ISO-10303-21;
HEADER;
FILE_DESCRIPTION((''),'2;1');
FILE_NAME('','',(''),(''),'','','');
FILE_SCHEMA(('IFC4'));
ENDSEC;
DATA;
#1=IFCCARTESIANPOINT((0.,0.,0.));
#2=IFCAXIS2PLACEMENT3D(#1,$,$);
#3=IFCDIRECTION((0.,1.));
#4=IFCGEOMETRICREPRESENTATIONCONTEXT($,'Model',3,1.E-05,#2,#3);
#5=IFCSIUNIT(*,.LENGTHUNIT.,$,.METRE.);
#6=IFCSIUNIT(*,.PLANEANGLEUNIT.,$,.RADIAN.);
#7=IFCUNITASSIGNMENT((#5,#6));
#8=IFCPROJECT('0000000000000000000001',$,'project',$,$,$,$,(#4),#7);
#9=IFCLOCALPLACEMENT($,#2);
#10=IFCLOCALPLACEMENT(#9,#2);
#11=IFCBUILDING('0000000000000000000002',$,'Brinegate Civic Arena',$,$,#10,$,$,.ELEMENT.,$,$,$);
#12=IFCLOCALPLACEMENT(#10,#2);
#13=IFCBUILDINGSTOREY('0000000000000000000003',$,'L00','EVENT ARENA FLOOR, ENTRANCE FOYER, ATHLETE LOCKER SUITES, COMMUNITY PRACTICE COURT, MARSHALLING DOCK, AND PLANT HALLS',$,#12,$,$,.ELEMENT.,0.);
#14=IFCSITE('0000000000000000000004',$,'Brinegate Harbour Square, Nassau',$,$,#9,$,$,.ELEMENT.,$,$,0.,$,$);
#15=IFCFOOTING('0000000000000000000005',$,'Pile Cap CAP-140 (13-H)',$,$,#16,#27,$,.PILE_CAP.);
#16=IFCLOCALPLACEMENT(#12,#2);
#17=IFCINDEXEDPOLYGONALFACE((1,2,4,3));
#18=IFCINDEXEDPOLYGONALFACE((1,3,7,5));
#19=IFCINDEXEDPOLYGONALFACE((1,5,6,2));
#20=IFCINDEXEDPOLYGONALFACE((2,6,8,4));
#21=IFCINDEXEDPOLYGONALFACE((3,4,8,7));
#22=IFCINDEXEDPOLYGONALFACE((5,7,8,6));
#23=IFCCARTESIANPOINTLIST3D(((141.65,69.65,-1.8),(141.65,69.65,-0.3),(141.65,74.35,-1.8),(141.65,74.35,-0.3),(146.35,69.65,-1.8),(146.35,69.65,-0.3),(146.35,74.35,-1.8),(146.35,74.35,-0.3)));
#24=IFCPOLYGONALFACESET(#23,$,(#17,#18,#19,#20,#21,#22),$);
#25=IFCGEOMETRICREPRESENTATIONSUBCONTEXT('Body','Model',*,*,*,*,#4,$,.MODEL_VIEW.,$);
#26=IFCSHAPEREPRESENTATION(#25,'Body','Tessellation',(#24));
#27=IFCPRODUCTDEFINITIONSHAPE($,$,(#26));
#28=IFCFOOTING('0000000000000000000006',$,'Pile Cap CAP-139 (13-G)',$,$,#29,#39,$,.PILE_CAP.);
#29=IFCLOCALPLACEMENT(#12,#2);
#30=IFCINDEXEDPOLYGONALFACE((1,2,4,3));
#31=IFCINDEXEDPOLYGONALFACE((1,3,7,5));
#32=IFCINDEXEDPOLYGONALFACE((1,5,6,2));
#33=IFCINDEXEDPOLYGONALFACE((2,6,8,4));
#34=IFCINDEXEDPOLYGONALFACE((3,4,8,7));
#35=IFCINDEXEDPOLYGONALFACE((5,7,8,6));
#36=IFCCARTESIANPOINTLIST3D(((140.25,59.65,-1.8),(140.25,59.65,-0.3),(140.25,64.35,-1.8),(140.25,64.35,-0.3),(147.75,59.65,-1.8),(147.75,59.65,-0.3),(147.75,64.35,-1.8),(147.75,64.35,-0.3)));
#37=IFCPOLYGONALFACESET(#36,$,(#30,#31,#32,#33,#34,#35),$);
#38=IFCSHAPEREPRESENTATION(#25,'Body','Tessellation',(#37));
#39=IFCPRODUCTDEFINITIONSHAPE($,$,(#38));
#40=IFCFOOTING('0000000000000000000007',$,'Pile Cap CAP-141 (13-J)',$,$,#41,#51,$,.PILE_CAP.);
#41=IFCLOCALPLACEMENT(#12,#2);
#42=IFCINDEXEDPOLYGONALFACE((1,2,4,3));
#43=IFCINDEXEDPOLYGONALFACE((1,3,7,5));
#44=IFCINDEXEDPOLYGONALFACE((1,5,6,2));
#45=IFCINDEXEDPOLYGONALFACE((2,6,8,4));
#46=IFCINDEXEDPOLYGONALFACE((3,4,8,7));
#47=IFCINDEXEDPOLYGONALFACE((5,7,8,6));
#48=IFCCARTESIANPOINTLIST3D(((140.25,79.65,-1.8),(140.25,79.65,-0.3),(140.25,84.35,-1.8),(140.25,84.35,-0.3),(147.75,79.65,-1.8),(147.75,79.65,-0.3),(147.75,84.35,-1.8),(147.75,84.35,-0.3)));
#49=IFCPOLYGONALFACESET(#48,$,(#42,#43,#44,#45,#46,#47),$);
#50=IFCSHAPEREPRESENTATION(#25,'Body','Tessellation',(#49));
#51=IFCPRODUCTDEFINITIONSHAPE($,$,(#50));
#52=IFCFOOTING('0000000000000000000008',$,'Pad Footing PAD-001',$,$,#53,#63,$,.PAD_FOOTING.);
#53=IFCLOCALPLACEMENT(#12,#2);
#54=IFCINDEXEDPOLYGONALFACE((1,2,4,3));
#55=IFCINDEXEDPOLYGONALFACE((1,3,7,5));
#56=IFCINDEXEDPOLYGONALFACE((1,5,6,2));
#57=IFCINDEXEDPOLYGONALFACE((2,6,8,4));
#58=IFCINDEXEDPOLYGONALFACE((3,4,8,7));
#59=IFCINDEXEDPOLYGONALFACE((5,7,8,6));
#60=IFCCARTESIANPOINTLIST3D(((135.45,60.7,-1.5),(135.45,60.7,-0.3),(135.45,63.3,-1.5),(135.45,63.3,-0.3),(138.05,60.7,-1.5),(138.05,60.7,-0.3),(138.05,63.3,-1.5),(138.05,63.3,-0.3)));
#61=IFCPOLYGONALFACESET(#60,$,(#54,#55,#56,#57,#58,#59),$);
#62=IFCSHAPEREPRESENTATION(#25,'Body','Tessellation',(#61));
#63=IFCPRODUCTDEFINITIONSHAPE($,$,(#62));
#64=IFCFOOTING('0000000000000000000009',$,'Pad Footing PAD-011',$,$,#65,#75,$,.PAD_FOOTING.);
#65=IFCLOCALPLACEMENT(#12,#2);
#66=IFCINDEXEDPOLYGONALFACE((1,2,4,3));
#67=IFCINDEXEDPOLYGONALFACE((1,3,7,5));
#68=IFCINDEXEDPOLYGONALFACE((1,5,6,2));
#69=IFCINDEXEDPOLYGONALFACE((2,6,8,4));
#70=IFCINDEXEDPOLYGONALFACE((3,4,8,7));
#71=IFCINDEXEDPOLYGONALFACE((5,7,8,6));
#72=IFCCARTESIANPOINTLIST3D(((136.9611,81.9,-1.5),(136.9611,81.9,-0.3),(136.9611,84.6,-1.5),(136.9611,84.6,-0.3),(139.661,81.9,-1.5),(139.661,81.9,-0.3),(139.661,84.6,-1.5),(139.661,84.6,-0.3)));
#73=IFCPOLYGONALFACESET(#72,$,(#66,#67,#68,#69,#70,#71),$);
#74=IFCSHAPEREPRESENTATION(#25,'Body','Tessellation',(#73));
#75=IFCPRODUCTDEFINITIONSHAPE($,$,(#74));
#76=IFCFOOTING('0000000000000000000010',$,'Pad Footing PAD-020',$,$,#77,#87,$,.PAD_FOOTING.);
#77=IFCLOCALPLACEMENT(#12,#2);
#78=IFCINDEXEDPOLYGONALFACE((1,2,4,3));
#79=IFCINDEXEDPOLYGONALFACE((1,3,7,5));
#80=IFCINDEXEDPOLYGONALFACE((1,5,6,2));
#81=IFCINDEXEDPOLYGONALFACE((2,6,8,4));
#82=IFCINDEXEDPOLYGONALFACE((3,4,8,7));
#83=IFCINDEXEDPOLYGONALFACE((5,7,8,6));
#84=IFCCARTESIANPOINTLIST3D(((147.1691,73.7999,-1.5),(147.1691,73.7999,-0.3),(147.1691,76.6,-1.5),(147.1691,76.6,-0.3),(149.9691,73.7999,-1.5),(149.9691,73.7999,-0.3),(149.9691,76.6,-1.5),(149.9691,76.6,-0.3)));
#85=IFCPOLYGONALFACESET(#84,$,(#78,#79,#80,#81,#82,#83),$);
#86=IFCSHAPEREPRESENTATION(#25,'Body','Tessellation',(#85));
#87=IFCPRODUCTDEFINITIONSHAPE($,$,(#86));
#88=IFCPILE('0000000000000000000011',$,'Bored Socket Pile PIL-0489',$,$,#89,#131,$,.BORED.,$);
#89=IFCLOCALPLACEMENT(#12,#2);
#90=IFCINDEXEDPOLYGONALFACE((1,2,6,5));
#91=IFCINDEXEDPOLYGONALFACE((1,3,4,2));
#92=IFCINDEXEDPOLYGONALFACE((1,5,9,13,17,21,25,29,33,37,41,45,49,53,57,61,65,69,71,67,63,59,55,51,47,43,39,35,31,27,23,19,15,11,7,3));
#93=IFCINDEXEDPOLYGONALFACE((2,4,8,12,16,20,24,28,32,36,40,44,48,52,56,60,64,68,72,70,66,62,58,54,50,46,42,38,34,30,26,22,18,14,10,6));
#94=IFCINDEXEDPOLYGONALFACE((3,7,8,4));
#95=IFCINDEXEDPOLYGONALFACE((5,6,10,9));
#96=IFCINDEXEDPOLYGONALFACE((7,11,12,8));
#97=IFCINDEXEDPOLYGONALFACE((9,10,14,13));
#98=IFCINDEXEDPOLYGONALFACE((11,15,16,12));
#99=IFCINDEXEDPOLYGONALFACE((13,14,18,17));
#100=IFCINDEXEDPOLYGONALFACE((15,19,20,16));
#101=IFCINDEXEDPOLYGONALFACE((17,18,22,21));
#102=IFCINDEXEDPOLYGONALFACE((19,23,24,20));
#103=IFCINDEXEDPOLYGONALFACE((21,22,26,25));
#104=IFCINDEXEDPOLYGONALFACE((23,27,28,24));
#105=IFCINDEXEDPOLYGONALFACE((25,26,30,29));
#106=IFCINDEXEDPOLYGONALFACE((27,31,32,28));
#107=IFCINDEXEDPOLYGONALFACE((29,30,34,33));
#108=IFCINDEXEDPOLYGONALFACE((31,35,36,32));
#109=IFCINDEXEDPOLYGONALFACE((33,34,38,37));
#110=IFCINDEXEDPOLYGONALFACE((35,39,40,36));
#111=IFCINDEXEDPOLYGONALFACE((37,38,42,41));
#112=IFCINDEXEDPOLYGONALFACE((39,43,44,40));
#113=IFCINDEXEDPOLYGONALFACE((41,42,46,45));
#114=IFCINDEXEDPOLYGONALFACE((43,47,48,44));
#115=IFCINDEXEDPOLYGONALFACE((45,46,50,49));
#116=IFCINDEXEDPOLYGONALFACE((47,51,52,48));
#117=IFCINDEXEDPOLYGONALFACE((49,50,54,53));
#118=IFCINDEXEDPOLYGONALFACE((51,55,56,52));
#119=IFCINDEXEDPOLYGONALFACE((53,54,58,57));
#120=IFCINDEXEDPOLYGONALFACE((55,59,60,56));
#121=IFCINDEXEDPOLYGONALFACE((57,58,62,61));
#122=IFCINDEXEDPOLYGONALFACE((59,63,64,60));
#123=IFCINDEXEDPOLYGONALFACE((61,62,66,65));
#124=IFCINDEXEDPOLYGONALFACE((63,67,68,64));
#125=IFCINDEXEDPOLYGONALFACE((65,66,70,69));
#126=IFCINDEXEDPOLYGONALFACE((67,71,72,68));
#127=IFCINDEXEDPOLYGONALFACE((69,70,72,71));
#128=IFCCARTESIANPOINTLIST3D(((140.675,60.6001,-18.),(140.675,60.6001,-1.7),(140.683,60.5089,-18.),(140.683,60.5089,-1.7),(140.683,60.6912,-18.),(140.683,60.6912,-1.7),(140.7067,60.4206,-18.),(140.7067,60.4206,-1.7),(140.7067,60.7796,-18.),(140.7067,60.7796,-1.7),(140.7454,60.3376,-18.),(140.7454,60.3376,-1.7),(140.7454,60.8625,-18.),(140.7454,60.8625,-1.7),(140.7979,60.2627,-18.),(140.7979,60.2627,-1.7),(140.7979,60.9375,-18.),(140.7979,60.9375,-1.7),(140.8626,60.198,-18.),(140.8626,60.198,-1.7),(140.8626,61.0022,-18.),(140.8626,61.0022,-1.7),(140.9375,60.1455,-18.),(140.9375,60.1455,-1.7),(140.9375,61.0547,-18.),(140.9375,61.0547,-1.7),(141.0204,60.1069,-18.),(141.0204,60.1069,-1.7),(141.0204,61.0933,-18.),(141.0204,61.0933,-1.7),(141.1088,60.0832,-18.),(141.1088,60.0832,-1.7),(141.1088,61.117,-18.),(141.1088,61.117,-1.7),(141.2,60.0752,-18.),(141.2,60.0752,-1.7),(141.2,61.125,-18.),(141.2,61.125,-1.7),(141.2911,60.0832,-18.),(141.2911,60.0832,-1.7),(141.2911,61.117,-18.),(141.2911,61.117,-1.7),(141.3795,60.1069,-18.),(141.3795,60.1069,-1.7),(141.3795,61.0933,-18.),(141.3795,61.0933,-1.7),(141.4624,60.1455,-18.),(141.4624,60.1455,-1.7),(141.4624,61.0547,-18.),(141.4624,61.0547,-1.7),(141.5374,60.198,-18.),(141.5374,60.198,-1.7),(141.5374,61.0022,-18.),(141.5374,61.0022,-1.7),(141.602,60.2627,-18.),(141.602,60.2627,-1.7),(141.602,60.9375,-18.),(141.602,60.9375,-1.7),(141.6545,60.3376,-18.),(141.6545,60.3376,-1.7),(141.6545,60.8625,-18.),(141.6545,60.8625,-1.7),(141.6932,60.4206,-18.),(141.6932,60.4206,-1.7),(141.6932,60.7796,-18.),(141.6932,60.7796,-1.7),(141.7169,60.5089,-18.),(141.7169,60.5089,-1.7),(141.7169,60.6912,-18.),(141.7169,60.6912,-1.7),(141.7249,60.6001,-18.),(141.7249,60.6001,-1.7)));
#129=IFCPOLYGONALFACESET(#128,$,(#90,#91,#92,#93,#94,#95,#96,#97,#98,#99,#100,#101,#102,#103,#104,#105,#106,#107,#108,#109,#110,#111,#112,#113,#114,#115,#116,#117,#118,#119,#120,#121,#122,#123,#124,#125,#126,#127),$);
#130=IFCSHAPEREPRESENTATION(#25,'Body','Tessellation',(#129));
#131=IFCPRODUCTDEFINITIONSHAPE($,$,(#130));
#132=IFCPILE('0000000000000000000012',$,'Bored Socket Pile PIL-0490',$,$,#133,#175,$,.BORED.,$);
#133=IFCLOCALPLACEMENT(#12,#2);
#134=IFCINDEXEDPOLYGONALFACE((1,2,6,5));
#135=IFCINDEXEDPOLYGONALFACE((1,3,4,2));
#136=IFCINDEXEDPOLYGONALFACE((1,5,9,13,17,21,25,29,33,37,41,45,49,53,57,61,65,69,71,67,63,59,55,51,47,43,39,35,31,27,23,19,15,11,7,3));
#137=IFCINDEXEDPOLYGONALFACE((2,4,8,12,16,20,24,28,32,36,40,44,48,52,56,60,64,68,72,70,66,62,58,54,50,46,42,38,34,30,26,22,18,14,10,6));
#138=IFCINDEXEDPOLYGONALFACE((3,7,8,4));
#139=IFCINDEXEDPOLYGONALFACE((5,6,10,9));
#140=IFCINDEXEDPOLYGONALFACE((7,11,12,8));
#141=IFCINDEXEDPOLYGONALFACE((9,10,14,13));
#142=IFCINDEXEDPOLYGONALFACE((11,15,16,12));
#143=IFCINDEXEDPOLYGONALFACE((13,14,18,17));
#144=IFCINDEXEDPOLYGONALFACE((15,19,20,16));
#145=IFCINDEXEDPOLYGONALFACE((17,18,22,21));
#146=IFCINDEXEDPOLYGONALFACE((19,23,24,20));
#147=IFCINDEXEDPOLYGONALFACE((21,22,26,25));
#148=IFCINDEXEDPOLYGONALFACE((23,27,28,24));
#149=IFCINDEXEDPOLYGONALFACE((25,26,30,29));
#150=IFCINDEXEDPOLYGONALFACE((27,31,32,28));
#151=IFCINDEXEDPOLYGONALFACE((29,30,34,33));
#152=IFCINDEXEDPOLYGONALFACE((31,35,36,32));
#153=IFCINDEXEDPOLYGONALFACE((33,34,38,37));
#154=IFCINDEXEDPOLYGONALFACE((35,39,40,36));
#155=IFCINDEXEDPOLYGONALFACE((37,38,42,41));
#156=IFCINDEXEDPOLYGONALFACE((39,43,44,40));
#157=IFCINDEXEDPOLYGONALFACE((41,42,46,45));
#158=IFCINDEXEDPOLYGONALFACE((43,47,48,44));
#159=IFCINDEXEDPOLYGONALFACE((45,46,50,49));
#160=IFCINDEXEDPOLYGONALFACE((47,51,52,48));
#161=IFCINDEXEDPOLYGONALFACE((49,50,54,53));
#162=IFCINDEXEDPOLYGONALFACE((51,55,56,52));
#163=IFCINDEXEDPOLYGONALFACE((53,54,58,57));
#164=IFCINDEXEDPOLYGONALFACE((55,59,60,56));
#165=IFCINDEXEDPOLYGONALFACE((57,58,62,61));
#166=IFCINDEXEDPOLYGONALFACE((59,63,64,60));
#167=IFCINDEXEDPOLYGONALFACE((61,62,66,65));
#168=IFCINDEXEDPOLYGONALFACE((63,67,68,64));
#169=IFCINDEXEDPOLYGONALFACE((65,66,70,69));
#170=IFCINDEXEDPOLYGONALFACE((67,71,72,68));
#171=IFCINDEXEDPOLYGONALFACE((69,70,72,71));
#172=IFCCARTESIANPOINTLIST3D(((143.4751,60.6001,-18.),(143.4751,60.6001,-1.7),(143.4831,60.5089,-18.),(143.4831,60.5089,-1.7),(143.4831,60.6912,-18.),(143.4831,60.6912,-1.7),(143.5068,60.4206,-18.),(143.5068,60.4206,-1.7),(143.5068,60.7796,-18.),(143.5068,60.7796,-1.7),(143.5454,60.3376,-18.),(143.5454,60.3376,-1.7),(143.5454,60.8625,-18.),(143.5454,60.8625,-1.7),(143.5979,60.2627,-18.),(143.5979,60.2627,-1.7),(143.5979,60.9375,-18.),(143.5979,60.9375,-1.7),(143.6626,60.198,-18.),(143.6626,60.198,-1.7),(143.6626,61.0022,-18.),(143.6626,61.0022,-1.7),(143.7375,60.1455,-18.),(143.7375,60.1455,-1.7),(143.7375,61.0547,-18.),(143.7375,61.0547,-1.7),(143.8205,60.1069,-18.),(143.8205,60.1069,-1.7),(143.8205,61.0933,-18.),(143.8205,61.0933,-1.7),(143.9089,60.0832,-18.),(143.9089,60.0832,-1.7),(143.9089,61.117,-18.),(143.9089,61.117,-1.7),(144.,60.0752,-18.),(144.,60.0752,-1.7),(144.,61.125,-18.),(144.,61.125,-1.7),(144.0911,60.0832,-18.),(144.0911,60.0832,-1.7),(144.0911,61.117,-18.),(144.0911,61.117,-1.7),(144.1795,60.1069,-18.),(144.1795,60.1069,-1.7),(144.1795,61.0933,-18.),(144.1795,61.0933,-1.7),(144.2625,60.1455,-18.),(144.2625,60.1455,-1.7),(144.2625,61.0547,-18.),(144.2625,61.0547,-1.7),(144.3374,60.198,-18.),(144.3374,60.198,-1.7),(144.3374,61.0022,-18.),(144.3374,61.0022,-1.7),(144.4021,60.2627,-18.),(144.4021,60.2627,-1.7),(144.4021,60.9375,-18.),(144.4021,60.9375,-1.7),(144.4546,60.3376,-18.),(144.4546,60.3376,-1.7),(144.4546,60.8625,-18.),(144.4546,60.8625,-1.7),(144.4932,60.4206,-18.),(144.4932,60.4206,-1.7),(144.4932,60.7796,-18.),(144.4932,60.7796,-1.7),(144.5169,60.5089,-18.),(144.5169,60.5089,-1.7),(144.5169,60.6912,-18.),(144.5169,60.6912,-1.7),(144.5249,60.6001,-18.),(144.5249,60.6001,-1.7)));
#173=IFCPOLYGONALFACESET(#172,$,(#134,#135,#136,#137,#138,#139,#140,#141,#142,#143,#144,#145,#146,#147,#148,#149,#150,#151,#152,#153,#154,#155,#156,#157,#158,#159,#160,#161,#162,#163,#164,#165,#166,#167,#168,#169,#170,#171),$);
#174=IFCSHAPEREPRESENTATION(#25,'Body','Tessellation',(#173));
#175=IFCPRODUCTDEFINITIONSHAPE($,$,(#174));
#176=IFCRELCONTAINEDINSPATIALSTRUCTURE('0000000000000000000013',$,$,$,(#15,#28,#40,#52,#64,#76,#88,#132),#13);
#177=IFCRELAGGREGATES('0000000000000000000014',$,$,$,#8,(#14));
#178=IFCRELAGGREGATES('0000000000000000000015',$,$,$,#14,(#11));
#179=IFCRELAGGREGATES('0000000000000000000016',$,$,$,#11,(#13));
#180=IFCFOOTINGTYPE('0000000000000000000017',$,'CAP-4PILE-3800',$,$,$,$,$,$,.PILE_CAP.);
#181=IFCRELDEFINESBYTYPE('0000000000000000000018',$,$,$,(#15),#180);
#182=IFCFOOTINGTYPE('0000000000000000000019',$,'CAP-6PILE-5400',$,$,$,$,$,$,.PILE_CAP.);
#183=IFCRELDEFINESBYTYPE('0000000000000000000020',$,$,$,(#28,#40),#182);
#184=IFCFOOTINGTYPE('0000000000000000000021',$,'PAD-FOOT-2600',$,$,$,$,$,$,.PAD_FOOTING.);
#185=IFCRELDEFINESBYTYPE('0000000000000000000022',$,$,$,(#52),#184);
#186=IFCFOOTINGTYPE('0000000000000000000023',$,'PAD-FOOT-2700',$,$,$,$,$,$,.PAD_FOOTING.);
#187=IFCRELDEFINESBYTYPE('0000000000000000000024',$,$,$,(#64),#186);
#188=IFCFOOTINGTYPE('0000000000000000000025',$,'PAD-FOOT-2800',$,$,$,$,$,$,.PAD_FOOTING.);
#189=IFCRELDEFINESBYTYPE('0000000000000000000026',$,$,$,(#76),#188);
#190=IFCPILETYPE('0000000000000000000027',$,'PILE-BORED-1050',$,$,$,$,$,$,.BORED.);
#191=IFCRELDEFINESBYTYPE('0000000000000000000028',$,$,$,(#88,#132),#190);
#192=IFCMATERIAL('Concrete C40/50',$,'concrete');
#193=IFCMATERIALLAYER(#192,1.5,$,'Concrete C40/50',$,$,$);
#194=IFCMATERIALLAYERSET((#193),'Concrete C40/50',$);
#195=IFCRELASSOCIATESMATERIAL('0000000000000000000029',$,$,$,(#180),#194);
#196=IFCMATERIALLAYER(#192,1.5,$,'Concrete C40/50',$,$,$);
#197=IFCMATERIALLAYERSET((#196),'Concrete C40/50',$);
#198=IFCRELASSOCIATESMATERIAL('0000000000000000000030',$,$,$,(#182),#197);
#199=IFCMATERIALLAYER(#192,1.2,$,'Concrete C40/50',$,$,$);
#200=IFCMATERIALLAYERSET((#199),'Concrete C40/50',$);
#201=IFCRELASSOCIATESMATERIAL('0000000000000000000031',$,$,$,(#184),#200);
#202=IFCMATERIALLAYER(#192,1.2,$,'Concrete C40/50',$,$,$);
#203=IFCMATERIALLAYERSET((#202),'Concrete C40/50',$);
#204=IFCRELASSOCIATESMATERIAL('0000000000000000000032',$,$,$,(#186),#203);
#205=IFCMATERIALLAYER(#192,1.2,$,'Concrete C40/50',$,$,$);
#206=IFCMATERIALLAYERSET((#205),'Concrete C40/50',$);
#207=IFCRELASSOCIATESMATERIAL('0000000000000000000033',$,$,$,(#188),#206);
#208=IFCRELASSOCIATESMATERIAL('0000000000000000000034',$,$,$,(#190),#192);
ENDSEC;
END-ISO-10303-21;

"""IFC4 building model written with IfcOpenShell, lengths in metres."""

from ifc_helpers import new_model, si_unit, direction, frame, origin, origin_2d, place, context, subcontext, project, spatial, rectangle, circle, extrude, material, layer, layer_set, material_profile, profile_set, type_object, element, save


model = new_model("IFC4")

# Units and contexts
model_context = context("Model", 3, precision=1e-05, world=origin(), true_north=direction((0.0, 1.0)))
body_context = subcontext(model_context, "Body", "Model", "MODEL_VIEW")
ifc_project = project(units=[si_unit("LENGTHUNIT", "METRE"), si_unit("PLANEANGLEUNIT", "RADIAN")], contexts=[model_context])

# Site, building, storey
site_placement = place(None, origin())
site = spatial("IfcSite", under=ifc_project, at=site_placement, Name="Brinegate Harbour Square, Nassau", CompositionType="ELEMENT", RefElevation=0.0)
building_placement = place(site_placement, origin())
building = spatial("IfcBuilding", under=site, at=building_placement, Name="Brinegate Civic Arena", CompositionType="ELEMENT")
storey_placement = place(building_placement, origin())
storey = spatial("IfcBuildingStorey", under=building, at=storey_placement, Name="L00", Description="EVENT ARENA FLOOR, ENTRANCE FOYER, ATHLETE LOCKER SUITES, COMMUNITY PRACTICE COURT, MARSHALLING DOCK, AND PLANT HALLS", CompositionType="ELEMENT", Elevation=0.0)

# Footings
ifc_material_1 = material(Name="Concrete C40/50", Category="concrete")
ifc_layer_1 = layer(ifc_material_1, 1.5, Name="Concrete C40/50")
ifc_layer_set_1 = layer_set([ifc_layer_1], Name="Concrete C40/50")
footing_type_1 = type_object("IfcFootingType", Name="CAP-4PILE-3800", PredefinedType="PILE_CAP", material=ifc_layer_set_1)
footing_1_placement = place(storey_placement, frame((144.0, 72.0, -1.8), z_axis=(0.0, 0.0, 1.0), x_axis=(1.0, 0.0, 0.0)))
element("IfcFooting", 1, at=footing_1_placement, inside=storey, type_object=footing_type_1, Name="Pile Cap CAP-140 (13-H)", PredefinedType="PILE_CAP", context=body_context, shape_type="SweptSolid", body=[
    extrude(rectangle(XDim=4.7, YDim=4.7, at=origin_2d()), origin(), (0.0, 0.0, 1.0), 1.5),
])
ifc_layer_2 = layer(ifc_material_1, 1.5, Name="Concrete C40/50")
ifc_layer_set_2 = layer_set([ifc_layer_2], Name="Concrete C40/50")
footing_type_2 = type_object("IfcFootingType", Name="CAP-6PILE-5400", PredefinedType="PILE_CAP", material=ifc_layer_set_2)
for number, where, z_axis, x_axis, name in (
    (2, (144.0, 62.0, -1.8), (0.0, 0.0, 1.0), (1.0, 0.0, 0.0), "Pile Cap CAP-139 (13-G)"),
    (3, (144.0, 82.0, -1.8), (0.0, 0.0, 1.0), (1.0, 0.0, 0.0), "Pile Cap CAP-141 (13-J)"),
):
    element("IfcFooting", number, at=place(storey_placement, frame(where, z_axis=z_axis, x_axis=x_axis)), inside=storey, type_object=footing_type_2, Name=name, PredefinedType="PILE_CAP", context=body_context, shape_type="SweptSolid", body=[
        extrude(rectangle(XDim=7.5, YDim=4.7, at=origin_2d()), origin(), (0.0, 0.0, 1.0), 1.5),
    ])
ifc_layer_3 = layer(ifc_material_1, 1.2, Name="Concrete C40/50")
ifc_layer_set_3 = layer_set([ifc_layer_3], Name="Concrete C40/50")
footing_type_3 = type_object("IfcFootingType", Name="PAD-FOOT-2600", PredefinedType="PAD_FOOTING", material=ifc_layer_set_3)
footing_2_placement = place(storey_placement, frame((136.75, 62.0, -1.5), z_axis=(0.0, 0.0, 1.0), x_axis=(1.0, 0.0, 0.0)))
element("IfcFooting", 4, at=footing_2_placement, inside=storey, type_object=footing_type_3, Name="Pad Footing PAD-001", PredefinedType="PAD_FOOTING", context=body_context, shape_type="SweptSolid", body=[
    extrude(rectangle(XDim=2.6001, YDim=2.6001, at=origin_2d()), origin(), (0.0, 0.0, 1.0), 1.2),
])
ifc_layer_4 = layer(ifc_material_1, 1.2, Name="Concrete C40/50")
ifc_layer_set_4 = layer_set([ifc_layer_4], Name="Concrete C40/50")
footing_type_4 = type_object("IfcFootingType", Name="PAD-FOOT-2700", PredefinedType="PAD_FOOTING", material=ifc_layer_set_4)
footing_3_placement = place(storey_placement, frame((138.311, 83.25, -1.5), z_axis=(0.0, 0.0, 1.0), x_axis=(1.0, 0.0, 0.0)))
element("IfcFooting", 5, at=footing_3_placement, inside=storey, type_object=footing_type_4, Name="Pad Footing PAD-011", PredefinedType="PAD_FOOTING", context=body_context, shape_type="SweptSolid", body=[
    extrude(rectangle(XDim=2.7, YDim=2.7, at=origin_2d()), origin(), (0.0, 0.0, 1.0), 1.2),
])
ifc_layer_5 = layer(ifc_material_1, 1.2, Name="Concrete C40/50")
ifc_layer_set_5 = layer_set([ifc_layer_5], Name="Concrete C40/50")
footing_type_5 = type_object("IfcFootingType", Name="PAD-FOOT-2800", PredefinedType="PAD_FOOTING", material=ifc_layer_set_5)
footing_4_placement = place(storey_placement, frame((148.5691, 75.2, -1.5), z_axis=(0.0, 0.0, 1.0), x_axis=(1.0, 0.0, 0.0)))
element("IfcFooting", 6, at=footing_4_placement, inside=storey, type_object=footing_type_5, Name="Pad Footing PAD-020", PredefinedType="PAD_FOOTING", context=body_context, shape_type="SweptSolid", body=[
    extrude(rectangle(XDim=2.8, YDim=2.8, at=origin_2d()), origin(), (0.0, 0.0, 1.0), 1.2),
])

# Piles
ifc_material_profile_1 = material_profile(ifc_material_1, circle(Radius=0.5249, at=origin_2d()), Name="PILED1050")
ifc_profile_set_1 = profile_set([ifc_material_profile_1], Name="Concrete C40/50")
pile_type = type_object("IfcPileType", Name="PILE-BORED-1050", PredefinedType="BORED", material=ifc_profile_set_1)
for number, where, z_axis, x_axis, name in (
    (7, (141.2, 60.6001, -1.7), (0.0, 0.0, -1.0), (1.0, 0.0, 0.0), "Bored Socket Pile PIL-0489"),
    (8, (144.0, 60.6001, -1.7), (0.0, 0.0, -1.0), (1.0, 0.0, 0.0), "Bored Socket Pile PIL-0490"),
):
    element("IfcPile", number, at=place(storey_placement, frame(where, z_axis=z_axis, x_axis=x_axis)), inside=storey, type_object=pile_type, Name=name, PredefinedType="BORED", context=body_context, shape_type="SweptSolid", body=[
        extrude(circle(Radius=0.5249, at=origin_2d()), origin(), (0.0, 0.0, 1.0), 16.3),
    ])

save(model, "model.ifc")
